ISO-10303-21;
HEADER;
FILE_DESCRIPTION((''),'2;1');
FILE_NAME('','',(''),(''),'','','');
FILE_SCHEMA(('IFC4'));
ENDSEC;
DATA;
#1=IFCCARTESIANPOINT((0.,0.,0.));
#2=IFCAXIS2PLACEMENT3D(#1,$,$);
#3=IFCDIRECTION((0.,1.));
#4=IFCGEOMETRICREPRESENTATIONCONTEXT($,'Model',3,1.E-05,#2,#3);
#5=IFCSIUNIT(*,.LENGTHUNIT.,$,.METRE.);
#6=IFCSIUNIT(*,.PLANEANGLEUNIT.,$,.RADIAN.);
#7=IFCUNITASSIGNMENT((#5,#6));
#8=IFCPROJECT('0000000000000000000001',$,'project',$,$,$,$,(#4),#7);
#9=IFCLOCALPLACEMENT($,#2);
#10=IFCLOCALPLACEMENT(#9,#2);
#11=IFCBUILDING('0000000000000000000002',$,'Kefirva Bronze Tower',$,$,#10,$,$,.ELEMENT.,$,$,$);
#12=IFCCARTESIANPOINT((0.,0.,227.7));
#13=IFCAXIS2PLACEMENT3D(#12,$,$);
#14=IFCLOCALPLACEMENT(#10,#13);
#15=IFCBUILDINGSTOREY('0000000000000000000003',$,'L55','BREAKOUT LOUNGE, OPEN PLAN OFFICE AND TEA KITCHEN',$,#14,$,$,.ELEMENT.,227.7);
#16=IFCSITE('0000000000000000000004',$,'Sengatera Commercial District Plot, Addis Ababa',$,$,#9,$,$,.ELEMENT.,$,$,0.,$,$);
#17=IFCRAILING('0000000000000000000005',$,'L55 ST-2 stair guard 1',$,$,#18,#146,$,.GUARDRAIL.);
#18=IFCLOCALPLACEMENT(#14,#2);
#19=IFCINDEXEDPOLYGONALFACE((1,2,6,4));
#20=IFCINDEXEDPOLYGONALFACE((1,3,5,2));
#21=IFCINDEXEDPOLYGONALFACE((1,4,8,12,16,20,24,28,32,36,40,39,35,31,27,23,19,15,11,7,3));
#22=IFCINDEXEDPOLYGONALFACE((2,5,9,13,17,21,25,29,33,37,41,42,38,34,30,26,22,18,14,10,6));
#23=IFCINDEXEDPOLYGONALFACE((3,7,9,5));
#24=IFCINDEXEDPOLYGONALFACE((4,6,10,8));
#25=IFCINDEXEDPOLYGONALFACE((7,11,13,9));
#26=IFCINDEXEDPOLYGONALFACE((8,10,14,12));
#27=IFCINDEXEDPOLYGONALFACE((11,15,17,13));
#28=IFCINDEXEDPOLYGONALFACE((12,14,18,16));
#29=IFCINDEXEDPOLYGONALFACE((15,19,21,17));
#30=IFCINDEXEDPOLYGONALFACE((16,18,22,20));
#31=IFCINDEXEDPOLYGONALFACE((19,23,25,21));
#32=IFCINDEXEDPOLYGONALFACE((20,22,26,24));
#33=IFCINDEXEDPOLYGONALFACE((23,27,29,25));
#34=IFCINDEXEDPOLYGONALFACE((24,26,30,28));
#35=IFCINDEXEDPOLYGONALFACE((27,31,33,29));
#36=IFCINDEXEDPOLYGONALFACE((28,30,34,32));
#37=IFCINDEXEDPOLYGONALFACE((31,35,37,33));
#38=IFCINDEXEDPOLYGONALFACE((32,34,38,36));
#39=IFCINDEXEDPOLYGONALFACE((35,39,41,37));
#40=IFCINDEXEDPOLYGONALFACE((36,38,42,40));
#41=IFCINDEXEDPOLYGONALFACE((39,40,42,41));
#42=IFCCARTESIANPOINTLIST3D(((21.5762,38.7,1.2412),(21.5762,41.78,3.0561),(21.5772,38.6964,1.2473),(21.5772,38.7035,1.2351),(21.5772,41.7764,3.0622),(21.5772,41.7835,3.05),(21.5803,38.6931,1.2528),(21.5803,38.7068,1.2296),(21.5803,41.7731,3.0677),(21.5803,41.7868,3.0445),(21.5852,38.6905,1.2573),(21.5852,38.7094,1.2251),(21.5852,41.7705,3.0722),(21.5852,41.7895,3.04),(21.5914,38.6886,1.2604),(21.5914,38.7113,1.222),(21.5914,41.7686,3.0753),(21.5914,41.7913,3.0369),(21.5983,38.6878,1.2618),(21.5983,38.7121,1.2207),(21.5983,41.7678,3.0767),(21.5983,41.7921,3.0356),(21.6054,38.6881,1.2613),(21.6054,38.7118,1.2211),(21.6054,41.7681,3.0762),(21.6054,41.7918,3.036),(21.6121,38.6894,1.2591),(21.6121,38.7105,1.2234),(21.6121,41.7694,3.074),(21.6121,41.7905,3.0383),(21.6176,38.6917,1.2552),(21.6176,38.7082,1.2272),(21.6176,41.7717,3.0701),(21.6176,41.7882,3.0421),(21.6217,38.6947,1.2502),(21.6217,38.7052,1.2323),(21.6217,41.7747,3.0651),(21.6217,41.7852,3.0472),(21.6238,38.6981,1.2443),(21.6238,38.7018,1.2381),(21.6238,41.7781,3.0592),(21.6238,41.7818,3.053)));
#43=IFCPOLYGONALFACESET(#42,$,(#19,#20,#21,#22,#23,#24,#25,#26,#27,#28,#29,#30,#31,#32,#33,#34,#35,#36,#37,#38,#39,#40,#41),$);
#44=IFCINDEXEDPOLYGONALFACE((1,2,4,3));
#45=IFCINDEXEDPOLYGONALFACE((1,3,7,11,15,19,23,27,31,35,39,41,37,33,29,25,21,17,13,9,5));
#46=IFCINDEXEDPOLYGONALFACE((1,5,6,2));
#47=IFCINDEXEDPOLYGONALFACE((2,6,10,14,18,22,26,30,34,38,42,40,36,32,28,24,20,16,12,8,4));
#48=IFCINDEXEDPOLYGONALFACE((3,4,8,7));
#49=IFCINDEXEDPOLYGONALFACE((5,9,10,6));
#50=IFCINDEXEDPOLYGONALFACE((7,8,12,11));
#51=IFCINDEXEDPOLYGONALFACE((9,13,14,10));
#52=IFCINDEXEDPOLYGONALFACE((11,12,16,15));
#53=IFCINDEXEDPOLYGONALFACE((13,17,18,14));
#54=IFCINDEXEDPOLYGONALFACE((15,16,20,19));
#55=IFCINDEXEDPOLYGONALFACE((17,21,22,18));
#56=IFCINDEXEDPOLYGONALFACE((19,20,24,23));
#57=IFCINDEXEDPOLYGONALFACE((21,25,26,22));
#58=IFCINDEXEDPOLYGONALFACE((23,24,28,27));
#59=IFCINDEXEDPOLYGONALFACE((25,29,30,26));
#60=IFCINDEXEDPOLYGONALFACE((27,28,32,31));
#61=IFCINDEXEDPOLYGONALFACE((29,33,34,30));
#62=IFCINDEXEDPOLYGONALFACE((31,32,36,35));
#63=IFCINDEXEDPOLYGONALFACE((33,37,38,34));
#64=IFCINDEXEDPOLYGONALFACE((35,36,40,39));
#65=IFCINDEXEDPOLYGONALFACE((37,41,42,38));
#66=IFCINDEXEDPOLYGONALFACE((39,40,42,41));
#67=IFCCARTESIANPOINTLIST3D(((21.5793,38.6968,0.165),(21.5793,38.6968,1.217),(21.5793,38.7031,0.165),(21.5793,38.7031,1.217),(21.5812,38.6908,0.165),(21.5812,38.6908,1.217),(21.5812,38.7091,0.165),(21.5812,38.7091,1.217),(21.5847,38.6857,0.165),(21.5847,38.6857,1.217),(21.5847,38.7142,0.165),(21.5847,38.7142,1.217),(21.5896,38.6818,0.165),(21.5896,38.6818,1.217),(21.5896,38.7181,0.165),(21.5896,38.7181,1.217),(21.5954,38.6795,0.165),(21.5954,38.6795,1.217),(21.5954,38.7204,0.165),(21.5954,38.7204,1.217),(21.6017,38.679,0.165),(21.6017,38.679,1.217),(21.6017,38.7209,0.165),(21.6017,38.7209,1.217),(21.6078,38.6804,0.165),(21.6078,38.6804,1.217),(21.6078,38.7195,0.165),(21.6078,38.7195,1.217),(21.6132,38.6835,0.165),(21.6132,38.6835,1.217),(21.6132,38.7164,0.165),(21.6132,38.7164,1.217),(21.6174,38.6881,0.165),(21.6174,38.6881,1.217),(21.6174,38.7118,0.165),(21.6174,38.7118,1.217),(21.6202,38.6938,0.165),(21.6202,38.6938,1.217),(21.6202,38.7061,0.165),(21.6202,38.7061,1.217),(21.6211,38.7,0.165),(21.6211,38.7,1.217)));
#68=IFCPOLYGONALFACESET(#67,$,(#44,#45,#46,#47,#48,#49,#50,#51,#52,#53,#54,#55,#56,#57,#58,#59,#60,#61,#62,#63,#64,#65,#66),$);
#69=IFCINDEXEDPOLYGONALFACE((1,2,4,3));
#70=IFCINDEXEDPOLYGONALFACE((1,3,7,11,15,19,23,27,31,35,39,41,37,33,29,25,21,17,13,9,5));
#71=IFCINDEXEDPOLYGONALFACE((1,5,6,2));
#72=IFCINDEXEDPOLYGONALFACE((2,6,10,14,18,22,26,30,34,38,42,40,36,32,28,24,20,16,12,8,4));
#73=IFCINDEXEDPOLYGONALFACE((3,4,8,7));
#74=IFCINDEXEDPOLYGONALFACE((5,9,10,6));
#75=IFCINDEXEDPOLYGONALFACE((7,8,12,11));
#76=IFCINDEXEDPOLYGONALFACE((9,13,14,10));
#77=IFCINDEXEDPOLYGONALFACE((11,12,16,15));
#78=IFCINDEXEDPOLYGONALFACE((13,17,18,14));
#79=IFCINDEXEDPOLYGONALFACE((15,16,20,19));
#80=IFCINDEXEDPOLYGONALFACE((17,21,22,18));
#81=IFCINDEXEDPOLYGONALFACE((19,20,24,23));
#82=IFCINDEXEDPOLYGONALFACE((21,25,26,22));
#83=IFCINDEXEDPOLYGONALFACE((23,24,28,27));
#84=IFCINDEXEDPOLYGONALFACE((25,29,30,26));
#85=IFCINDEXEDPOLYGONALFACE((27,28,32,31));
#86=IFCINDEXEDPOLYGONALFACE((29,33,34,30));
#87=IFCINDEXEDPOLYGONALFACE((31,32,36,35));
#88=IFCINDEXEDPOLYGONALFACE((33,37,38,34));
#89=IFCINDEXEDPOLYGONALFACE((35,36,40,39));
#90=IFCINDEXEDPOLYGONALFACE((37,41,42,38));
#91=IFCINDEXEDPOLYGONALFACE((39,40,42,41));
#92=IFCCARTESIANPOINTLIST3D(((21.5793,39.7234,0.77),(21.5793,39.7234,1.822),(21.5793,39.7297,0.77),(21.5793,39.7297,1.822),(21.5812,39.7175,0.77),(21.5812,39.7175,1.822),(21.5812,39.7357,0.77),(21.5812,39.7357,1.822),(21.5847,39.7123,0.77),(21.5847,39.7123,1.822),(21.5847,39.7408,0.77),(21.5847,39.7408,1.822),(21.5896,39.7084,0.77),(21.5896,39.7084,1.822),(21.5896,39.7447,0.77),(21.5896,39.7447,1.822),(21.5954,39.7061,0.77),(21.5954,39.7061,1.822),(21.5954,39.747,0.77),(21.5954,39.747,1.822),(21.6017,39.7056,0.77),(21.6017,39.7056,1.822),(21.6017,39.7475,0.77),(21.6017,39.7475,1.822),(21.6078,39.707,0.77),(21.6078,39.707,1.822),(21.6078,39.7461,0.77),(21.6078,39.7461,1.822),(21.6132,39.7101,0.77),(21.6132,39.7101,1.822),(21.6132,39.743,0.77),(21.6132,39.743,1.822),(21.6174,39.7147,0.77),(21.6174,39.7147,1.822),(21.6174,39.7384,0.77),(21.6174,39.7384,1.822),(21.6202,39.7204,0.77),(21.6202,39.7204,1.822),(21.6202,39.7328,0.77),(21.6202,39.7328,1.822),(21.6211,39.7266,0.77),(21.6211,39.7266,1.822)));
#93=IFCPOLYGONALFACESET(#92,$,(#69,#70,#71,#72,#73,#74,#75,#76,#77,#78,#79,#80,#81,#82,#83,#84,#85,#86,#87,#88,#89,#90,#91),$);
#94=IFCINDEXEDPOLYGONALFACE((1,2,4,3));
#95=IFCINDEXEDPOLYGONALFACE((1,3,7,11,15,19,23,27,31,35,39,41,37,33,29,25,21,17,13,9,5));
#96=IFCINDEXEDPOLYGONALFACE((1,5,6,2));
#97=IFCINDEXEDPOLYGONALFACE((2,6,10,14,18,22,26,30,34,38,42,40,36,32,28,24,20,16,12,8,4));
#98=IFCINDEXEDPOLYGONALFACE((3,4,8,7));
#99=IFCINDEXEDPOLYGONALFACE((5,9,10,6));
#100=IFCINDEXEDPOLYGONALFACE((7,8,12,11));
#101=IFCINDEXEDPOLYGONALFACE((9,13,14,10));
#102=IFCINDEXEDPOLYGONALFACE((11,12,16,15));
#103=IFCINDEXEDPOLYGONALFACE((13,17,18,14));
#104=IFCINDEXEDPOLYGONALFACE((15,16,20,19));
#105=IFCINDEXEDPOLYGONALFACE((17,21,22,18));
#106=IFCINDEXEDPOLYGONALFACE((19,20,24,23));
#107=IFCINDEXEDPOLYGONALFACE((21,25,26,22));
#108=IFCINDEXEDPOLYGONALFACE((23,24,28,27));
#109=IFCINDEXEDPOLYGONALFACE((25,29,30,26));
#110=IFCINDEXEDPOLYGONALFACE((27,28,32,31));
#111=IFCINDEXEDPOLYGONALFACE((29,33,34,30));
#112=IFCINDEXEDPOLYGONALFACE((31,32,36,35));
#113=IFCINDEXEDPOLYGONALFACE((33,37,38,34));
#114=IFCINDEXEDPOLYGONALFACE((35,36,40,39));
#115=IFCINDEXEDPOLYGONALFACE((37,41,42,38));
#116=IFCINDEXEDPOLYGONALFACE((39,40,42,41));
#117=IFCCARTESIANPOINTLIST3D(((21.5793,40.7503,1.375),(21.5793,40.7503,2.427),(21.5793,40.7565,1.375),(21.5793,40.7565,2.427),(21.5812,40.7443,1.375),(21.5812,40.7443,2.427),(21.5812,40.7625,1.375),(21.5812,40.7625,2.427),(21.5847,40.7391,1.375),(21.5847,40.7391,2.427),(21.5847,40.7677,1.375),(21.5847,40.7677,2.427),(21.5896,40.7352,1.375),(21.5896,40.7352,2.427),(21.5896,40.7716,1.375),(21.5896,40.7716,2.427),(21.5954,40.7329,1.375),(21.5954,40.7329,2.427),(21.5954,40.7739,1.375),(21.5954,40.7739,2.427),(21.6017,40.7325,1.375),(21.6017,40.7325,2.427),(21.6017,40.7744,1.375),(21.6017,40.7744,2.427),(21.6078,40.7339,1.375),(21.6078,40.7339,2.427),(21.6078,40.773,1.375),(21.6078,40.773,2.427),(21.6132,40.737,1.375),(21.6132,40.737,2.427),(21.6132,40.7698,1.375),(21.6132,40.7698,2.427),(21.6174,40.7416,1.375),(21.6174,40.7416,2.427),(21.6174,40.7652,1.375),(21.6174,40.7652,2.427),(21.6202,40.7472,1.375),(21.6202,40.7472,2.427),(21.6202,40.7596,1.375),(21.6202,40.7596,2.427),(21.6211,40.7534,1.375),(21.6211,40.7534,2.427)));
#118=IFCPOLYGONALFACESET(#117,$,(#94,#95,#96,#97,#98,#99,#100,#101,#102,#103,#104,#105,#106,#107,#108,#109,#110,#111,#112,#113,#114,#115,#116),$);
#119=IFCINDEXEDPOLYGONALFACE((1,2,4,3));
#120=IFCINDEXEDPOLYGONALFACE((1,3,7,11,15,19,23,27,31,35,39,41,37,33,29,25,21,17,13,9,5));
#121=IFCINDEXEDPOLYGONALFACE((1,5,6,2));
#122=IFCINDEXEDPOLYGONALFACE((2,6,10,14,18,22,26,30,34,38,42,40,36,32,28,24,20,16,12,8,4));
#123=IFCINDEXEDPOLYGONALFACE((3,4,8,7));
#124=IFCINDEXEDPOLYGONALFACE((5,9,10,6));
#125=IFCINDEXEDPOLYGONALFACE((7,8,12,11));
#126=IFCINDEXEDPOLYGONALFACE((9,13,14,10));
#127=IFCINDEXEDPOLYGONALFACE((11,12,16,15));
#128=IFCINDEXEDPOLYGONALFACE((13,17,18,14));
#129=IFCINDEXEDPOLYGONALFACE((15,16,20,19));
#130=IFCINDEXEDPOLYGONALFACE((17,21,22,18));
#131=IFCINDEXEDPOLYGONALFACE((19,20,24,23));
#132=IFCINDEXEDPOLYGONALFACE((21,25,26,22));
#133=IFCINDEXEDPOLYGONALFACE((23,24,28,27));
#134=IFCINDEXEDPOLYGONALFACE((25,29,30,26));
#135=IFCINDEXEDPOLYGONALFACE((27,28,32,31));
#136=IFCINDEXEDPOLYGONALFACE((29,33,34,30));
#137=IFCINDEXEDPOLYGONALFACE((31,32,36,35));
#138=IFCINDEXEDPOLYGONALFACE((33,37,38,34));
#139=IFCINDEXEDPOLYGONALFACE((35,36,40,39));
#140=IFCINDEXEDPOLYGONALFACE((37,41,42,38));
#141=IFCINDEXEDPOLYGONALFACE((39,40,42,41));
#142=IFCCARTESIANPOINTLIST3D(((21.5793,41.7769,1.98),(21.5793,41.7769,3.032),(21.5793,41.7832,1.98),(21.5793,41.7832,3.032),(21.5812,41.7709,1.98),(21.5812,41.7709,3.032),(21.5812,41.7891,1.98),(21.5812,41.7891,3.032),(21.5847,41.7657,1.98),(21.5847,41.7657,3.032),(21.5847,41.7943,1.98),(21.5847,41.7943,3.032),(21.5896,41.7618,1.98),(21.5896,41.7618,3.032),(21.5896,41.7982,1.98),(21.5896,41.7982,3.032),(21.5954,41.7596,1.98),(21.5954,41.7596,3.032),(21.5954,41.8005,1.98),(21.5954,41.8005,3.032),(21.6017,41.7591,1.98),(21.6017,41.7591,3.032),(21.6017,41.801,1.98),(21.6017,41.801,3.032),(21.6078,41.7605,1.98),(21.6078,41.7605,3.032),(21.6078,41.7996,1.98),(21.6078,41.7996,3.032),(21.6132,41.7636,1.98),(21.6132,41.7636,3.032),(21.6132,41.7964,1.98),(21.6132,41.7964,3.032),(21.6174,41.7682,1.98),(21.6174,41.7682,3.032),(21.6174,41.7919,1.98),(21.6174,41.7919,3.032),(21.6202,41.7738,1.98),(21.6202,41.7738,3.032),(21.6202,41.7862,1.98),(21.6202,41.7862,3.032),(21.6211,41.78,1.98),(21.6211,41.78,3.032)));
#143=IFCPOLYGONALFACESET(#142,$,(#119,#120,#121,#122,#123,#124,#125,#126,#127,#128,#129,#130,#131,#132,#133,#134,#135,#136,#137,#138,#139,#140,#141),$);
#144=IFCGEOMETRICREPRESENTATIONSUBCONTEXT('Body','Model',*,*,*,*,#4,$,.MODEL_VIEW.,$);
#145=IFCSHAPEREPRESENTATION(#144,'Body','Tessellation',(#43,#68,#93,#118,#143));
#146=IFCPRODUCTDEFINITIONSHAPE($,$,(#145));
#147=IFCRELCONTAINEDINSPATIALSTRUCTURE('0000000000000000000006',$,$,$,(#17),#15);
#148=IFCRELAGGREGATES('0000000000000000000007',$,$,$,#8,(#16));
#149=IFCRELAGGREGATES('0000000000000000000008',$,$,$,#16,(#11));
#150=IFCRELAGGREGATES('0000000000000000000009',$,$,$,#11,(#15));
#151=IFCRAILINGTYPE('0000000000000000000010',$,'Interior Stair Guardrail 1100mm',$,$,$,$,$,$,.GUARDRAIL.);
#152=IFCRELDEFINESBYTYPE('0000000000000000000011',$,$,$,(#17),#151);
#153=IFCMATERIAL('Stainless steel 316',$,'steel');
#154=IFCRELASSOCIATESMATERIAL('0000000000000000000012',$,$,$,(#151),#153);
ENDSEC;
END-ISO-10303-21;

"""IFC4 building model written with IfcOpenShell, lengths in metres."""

from ifc_helpers import new_model, si_unit, direction, frame, origin, origin_2d, place, context, subcontext, project, spatial, circle, extrude, material, type_object, element, save


model = new_model("IFC4")

# Units and contexts
model_context = context("Model", 3, precision=1e-05, world=origin(), true_north=direction((0.0, 1.0)))
body_context = subcontext(model_context, "Body", "Model", "MODEL_VIEW")
ifc_project = project(units=[si_unit("LENGTHUNIT", "METRE"), si_unit("PLANEANGLEUNIT", "RADIAN")], contexts=[model_context])

# Site, building, storey
site_placement = place(None, origin())
site = spatial("IfcSite", under=ifc_project, at=site_placement, Name="Sengatera Commercial District Plot, Addis Ababa", CompositionType="ELEMENT", RefElevation=0.0)
building_placement = place(site_placement, origin())
building = spatial("IfcBuilding", under=site, at=building_placement, Name="Kefirva Bronze Tower", CompositionType="ELEMENT")
storey_placement = place(building_placement, frame((0.0, 0.0, 227.7)))
storey = spatial("IfcBuildingStorey", under=building, at=storey_placement, Name="L55", Description="BREAKOUT LOUNGE, OPEN PLAN OFFICE AND TEA KITCHEN", CompositionType="ELEMENT", Elevation=227.7)

# Railing
ifc_material_1 = material(Name="Stainless steel 316", Category="steel")
railing_type_1 = type_object("IfcRailingType", Name="Interior Stair Guardrail 1100mm", PredefinedType="GUARDRAIL", material=ifc_material_1)
railing_1_placement = place(storey_placement, frame((21.6001, 38.7, 0.165)))
element("IfcRailing", 1, at=railing_1_placement, inside=storey, type_object=railing_type_1, Name="L55 ST-2 stair guard 1", PredefinedType="GUARDRAIL", context=body_context, shape_type="SweptSolid", body=[
    extrude(circle(Radius=0.0239, at=origin_2d()), frame((0.0, 0.0, 1.0762), z_axis=(0.0, 0.861551, 0.507671), x_axis=(-1.0, 0.0, 0.0)), (0.0, 0.0, 1.0), 3.575),
    extrude(circle(Radius=0.021, at=origin_2d()), origin(), (0.0, 0.0, 1.0), 1.052),
    extrude(circle(Radius=0.021, at=origin_2d()), frame((0.0, 1.0266, 0.605)), (0.0, 0.0, 1.0), 1.052),
    extrude(circle(Radius=0.021, at=origin_2d()), frame((0.0, 2.0535, 1.21)), (0.0, 0.0, 1.0), 1.052),
    extrude(circle(Radius=0.021, at=origin_2d()), frame((0.0, 3.0801, 1.8149)), (0.0, 0.0, 1.0), 1.052),
])

save(model, "model.ifc")
